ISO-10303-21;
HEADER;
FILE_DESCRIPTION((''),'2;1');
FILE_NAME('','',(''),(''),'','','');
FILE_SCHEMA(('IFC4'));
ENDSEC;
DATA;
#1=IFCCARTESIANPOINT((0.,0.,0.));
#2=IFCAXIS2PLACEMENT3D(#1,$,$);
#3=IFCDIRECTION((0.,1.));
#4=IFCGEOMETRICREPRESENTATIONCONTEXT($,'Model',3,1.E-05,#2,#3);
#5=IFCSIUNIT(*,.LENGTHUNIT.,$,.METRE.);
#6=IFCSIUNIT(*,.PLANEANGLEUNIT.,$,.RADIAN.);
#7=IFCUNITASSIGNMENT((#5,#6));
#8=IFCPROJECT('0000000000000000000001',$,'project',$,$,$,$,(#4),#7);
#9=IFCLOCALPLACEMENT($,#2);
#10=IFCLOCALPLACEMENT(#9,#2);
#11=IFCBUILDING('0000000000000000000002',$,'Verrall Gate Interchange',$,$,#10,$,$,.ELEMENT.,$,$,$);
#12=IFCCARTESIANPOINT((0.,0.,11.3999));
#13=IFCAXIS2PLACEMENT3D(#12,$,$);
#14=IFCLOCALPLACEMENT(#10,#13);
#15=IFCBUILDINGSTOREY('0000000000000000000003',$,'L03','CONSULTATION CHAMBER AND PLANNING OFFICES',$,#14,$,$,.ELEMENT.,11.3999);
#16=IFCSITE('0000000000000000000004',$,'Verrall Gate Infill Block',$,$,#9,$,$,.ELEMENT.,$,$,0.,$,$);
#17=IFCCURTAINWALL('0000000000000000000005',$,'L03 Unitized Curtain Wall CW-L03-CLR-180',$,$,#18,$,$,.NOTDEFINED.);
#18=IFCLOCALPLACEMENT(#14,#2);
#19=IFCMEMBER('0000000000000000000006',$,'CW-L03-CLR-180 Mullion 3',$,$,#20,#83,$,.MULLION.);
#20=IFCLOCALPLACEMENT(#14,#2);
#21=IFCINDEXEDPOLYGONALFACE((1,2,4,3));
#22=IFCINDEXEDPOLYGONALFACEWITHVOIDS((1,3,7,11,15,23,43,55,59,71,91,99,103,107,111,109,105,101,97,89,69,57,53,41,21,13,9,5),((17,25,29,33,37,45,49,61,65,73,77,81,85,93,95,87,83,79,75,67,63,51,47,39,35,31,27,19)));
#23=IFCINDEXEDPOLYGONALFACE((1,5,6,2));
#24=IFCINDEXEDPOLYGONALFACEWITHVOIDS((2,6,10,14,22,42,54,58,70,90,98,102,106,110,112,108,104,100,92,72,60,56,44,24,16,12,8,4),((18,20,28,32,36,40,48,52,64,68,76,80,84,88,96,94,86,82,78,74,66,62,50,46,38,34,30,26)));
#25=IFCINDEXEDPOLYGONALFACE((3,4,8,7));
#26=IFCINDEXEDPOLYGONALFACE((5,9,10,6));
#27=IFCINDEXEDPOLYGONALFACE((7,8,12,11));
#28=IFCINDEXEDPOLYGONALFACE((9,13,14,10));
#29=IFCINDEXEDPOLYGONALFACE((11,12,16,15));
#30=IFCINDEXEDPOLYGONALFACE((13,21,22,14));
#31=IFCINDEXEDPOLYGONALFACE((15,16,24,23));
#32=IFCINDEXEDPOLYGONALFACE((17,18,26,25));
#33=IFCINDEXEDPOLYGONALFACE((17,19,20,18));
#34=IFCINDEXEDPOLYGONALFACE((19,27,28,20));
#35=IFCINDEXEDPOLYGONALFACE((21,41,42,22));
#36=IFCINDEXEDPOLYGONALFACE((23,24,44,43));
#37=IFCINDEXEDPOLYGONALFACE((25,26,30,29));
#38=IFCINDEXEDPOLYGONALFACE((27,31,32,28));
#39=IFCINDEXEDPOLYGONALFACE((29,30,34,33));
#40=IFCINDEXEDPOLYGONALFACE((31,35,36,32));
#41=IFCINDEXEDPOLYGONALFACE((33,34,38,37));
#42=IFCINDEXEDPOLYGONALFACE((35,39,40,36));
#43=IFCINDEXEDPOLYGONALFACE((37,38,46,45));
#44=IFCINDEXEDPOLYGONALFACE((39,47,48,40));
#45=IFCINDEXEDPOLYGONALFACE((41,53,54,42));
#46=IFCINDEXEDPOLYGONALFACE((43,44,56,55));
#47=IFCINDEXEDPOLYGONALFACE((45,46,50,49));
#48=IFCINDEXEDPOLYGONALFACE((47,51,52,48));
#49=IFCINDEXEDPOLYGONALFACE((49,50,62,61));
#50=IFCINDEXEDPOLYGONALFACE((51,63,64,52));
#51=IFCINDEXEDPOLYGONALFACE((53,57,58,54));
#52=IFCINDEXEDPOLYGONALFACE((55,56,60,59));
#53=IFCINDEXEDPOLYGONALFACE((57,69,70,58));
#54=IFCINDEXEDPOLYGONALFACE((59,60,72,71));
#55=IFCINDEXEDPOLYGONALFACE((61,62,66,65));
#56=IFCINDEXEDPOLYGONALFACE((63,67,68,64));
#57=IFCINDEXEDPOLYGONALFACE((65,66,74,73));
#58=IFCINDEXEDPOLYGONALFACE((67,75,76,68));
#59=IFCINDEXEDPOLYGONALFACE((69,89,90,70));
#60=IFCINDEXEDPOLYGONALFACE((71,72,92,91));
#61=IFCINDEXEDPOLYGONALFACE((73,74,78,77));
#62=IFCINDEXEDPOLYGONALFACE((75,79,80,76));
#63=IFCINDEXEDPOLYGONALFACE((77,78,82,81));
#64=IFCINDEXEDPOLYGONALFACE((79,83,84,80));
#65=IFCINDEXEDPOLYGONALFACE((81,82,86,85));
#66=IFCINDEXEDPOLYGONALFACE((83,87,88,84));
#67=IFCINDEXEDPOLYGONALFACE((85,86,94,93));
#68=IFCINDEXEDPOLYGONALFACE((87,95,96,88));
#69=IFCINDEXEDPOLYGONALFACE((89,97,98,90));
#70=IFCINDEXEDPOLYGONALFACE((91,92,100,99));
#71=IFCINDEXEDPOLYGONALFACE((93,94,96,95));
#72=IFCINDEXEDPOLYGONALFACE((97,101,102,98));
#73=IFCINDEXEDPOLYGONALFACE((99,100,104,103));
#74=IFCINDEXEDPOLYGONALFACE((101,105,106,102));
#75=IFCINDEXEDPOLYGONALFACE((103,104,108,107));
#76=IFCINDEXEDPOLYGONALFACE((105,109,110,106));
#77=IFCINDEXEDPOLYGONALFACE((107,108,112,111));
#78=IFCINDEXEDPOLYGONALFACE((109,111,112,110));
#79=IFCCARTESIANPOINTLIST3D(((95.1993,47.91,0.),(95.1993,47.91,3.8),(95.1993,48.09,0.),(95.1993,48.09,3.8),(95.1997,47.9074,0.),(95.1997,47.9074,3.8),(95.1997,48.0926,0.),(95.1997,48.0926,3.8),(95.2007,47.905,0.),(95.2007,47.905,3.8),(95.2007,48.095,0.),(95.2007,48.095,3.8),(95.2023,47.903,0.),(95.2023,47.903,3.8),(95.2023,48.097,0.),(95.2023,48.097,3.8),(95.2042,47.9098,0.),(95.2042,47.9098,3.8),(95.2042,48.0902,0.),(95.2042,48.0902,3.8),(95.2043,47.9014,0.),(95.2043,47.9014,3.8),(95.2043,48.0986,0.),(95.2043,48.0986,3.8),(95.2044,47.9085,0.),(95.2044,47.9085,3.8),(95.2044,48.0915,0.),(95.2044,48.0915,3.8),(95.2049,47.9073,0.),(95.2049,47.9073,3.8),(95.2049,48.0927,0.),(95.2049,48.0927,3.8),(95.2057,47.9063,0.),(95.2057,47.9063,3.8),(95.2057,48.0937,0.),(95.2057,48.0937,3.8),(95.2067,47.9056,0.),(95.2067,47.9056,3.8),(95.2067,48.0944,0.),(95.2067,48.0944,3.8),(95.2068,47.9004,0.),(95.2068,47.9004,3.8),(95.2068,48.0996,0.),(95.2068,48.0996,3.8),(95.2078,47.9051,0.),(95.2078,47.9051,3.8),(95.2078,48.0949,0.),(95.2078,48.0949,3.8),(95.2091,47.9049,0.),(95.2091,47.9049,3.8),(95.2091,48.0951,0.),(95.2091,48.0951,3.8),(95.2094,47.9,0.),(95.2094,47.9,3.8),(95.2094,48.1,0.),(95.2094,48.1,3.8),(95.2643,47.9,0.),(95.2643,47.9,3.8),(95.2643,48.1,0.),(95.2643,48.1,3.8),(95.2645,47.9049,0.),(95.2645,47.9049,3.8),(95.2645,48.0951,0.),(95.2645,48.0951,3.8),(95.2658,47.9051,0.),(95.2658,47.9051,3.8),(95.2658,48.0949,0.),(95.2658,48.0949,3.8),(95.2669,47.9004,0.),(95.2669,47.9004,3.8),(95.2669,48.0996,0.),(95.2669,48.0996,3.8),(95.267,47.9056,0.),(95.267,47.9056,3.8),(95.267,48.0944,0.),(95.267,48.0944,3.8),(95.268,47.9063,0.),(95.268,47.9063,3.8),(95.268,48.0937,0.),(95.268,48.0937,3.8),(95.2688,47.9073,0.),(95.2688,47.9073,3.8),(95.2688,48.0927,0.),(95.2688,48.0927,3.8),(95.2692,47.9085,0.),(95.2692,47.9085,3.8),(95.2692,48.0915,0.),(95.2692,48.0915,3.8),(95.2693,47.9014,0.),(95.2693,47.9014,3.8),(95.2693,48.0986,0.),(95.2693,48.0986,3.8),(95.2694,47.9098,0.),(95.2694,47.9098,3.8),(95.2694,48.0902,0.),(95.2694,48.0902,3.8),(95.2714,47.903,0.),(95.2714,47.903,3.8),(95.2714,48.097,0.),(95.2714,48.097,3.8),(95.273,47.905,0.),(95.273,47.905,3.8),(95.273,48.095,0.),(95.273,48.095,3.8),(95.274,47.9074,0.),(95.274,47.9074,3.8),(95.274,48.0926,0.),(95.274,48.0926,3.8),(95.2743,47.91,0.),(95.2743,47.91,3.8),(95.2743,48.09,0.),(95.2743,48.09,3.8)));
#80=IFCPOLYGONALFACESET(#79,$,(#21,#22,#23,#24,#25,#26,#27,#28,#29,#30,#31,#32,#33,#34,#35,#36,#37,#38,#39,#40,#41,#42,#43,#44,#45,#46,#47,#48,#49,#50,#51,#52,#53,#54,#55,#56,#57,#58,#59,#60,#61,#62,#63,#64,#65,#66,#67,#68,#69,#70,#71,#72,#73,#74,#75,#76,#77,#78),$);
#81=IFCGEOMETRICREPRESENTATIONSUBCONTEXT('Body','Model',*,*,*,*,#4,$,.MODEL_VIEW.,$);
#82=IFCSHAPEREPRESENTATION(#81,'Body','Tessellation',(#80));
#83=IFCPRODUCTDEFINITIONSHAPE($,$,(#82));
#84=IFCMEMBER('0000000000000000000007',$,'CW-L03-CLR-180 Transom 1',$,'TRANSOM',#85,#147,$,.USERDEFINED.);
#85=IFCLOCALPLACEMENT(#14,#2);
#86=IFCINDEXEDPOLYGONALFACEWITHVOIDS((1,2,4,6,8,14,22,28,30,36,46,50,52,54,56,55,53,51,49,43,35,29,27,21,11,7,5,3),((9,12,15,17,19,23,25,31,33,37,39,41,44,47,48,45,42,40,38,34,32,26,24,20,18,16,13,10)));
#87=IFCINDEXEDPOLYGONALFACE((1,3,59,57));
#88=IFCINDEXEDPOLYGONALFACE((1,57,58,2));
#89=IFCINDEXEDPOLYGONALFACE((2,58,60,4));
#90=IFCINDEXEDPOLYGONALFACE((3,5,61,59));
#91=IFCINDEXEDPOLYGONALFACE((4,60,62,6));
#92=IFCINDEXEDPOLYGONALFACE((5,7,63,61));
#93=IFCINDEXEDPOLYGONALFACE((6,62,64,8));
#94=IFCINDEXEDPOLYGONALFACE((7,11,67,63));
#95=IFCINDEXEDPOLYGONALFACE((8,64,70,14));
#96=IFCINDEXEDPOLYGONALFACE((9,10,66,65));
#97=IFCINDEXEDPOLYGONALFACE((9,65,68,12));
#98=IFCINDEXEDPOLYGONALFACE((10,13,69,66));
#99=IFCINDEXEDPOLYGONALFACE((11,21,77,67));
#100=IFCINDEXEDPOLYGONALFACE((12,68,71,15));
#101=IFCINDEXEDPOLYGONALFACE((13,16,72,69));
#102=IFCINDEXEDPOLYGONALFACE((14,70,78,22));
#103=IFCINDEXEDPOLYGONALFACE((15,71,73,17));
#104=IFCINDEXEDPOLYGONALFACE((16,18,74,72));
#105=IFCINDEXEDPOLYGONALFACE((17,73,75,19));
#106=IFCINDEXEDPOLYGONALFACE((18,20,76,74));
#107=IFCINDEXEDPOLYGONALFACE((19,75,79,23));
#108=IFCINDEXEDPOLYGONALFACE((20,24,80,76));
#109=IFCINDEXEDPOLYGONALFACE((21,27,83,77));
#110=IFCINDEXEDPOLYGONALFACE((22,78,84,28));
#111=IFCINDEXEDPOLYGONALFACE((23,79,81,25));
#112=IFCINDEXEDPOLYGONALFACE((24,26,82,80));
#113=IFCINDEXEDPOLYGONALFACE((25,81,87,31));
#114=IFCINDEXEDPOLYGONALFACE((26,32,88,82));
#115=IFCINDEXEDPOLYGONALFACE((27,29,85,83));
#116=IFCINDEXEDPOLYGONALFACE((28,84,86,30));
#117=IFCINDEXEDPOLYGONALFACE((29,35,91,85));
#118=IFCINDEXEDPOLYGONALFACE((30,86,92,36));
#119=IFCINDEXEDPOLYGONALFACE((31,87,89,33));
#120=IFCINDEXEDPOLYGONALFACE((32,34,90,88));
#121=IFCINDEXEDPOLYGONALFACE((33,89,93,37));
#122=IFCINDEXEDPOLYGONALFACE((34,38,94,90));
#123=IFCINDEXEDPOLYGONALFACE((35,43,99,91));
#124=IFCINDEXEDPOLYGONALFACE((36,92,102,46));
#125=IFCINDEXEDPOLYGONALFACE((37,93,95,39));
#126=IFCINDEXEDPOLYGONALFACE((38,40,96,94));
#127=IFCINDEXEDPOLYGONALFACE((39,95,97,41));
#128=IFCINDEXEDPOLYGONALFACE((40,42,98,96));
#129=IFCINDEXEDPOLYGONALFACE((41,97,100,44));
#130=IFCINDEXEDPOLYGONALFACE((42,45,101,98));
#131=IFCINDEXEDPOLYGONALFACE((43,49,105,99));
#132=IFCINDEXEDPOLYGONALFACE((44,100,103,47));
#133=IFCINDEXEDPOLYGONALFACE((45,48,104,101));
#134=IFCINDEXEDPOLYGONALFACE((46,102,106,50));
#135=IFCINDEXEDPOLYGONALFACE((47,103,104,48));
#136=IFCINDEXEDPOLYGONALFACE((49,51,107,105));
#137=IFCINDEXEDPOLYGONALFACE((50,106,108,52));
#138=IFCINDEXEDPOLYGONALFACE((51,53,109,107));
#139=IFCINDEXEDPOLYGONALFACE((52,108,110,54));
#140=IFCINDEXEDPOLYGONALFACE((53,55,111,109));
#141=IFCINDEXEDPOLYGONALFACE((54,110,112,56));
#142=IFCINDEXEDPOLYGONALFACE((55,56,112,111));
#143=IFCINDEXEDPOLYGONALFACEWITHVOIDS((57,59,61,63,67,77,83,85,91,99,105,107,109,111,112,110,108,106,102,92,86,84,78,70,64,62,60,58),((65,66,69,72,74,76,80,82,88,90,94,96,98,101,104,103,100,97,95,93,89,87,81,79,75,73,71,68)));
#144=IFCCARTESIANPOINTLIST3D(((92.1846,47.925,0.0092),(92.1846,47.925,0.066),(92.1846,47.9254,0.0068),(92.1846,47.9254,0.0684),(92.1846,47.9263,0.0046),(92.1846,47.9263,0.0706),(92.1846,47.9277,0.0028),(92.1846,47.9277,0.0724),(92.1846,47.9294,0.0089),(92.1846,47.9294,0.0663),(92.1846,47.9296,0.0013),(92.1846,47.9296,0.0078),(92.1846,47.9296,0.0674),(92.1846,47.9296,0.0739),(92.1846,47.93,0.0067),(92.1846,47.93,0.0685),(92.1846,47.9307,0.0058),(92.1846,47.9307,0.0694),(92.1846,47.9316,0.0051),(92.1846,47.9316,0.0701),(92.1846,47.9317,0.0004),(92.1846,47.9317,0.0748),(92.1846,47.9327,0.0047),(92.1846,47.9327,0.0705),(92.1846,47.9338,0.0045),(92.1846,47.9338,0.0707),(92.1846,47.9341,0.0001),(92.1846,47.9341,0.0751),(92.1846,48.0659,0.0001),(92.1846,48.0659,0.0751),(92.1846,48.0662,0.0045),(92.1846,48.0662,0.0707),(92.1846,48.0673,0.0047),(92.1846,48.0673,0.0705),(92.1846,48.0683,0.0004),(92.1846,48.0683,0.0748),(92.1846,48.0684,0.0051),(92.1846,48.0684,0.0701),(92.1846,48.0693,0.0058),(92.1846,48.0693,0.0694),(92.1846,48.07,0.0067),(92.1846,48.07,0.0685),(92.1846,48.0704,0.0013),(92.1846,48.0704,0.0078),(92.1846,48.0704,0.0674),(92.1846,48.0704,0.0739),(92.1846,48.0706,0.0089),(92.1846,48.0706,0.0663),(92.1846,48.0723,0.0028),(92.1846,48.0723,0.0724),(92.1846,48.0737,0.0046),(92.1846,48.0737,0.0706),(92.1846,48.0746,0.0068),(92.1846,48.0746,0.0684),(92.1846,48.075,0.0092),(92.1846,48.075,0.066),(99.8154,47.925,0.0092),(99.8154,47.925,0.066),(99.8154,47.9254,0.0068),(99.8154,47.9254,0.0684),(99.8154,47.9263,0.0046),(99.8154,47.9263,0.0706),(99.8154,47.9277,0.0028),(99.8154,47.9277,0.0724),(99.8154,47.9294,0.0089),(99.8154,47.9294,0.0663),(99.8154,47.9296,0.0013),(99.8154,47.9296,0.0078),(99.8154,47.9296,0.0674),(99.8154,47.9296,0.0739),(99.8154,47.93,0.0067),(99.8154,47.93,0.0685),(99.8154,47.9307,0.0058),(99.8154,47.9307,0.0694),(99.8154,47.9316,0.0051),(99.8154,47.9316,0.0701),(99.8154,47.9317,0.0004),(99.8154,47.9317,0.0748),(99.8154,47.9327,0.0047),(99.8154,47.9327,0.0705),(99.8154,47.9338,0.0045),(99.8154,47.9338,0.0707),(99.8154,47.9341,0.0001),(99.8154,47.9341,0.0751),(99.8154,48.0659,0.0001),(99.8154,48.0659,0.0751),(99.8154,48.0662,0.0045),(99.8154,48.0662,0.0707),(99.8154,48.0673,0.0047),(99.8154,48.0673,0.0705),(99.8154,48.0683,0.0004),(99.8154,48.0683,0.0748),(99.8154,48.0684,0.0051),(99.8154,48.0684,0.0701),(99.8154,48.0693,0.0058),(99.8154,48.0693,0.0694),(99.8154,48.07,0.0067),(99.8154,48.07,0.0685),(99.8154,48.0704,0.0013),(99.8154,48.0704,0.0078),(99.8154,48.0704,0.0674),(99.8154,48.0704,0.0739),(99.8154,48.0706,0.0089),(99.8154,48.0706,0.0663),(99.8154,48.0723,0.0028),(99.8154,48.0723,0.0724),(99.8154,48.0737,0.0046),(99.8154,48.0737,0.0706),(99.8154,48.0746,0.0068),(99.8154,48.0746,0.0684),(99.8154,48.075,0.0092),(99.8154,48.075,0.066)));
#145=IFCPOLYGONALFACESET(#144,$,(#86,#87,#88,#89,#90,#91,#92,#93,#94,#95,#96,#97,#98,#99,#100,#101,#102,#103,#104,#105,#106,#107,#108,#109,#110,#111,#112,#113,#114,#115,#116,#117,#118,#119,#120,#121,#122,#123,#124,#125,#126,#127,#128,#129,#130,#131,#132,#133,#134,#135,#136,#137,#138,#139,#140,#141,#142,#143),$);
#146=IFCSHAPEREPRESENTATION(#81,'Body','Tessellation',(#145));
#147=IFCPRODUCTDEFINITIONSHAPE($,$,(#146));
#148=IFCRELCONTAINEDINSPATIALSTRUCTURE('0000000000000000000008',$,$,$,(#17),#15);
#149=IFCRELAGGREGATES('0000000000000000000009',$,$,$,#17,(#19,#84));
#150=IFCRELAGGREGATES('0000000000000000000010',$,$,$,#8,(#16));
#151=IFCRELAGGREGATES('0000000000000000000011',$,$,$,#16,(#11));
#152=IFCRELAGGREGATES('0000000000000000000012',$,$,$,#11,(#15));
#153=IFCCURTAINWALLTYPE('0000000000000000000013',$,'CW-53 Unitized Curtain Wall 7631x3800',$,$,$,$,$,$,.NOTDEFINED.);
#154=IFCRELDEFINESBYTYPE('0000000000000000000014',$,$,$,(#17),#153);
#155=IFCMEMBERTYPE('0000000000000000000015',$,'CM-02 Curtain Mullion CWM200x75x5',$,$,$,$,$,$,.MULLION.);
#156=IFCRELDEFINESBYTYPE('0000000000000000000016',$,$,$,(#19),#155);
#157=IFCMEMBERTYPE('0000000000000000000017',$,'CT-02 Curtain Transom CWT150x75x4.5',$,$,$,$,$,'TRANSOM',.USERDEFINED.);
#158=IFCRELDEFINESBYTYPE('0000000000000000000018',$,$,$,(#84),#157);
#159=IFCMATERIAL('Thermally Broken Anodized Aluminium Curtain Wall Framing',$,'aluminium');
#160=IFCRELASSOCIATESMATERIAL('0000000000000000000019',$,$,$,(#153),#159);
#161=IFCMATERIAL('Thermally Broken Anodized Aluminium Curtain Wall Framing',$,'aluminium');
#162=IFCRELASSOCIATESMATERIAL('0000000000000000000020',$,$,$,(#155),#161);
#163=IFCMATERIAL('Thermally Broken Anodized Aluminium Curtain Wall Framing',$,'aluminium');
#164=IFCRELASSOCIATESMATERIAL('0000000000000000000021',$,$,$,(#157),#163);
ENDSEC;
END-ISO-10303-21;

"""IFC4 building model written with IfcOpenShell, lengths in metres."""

from ifc_helpers import new_model, si_unit, direction, frame, origin, origin_2d, place, context, subcontext, project, spatial, hollow_rectangle, extrude, material, material_profile, profile_set, type_object, element, aggregate, save


model = new_model("IFC4")

# Units and contexts
model_context = context("Model", 3, precision=1e-05, world=origin(), true_north=direction((0.0, 1.0)))
body_context = subcontext(model_context, "Body", "Model", "MODEL_VIEW")
ifc_project = project(units=[si_unit("LENGTHUNIT", "METRE"), si_unit("PLANEANGLEUNIT", "RADIAN")], contexts=[model_context])

# Site, building, storey
site_placement = place(None, origin())
site = spatial("IfcSite", under=ifc_project, at=site_placement, Name="Verrall Gate Infill Block", CompositionType="ELEMENT", RefElevation=0.0)
building_placement = place(site_placement, origin())
building = spatial("IfcBuilding", under=site, at=building_placement, Name="Verrall Gate Interchange", CompositionType="ELEMENT")
storey_placement = place(building_placement, frame((0.0, 0.0, 11.3999)))
storey = spatial("IfcBuildingStorey", under=building, at=storey_placement, Name="L03", Description="CONSULTATION CHAMBER AND PLANNING OFFICES", CompositionType="ELEMENT", Elevation=11.3999)

# Curtain wall, members
ifc_material_1 = material(Name="Thermally Broken Anodized Aluminium Curtain Wall Framing", Category="aluminium")
curtain_wall_type = type_object("IfcCurtainWallType", Name="CW-53 Unitized Curtain Wall 7631x3800", PredefinedType="NOTDEFINED", material=ifc_material_1)
ifc_material_2 = material(Name="Thermally Broken Anodized Aluminium Curtain Wall Framing", Category="aluminium")
ifc_material_profile_1 = material_profile(ifc_material_2, hollow_rectangle(XDim=0.075, YDim=0.2, WallThickness=0.0049, InnerFilletRadius=0.0049, OuterFilletRadius=0.01, at=origin_2d()), Name="CWM200x75x5")
ifc_profile_set_1 = profile_set([ifc_material_profile_1], Name="Thermally Broken Anodized Aluminium Curtain Wall Framing")
member_type_1 = type_object("IfcMemberType", Name="CM-02 Curtain Mullion CWM200x75x5", PredefinedType="MULLION", material=ifc_profile_set_1)
curtain_wall_1_placement = place(storey_placement, origin())
curtain_wall_1 = element("IfcCurtainWall", 1, at=curtain_wall_1_placement, inside=storey, type_object=curtain_wall_type, Name="L03 Unitized Curtain Wall CW-L03-CLR-180", PredefinedType="NOTDEFINED")
member_1_placement = place(storey_placement, frame((95.2368, 48.0, 0.0), z_axis=(0.0, 0.0, 1.0), x_axis=(1.0, 0.0, 0.0)))
member_1 = element("IfcMember", 2, at=member_1_placement, type_object=member_type_1, Name="CW-L03-CLR-180 Mullion 3", PredefinedType="MULLION", context=body_context, shape_type="SweptSolid", body=[
    extrude(hollow_rectangle(XDim=0.075, YDim=0.2, WallThickness=0.0049, InnerFilletRadius=0.0049, OuterFilletRadius=0.01, at=origin_2d()), origin(), (0.0, 0.0, 1.0), 3.8),
])
ifc_material_3 = material(Name="Thermally Broken Anodized Aluminium Curtain Wall Framing", Category="aluminium")
ifc_material_profile_2 = material_profile(ifc_material_3, hollow_rectangle(XDim=0.1499, YDim=0.075, WallThickness=0.0044, InnerFilletRadius=0.0044, OuterFilletRadius=0.009, at=origin_2d()), Name="CWT150x75x4.5")
ifc_profile_set_2 = profile_set([ifc_material_profile_2], Name="Thermally Broken Anodized Aluminium Curtain Wall Framing")
member_type_2 = type_object("IfcMemberType", Name="CT-02 Curtain Transom CWT150x75x4.5", ElementType="TRANSOM", PredefinedType="USERDEFINED", material=ifc_profile_set_2)
member_2_placement = place(storey_placement, frame((92.1846, 48.0, 0.0376), z_axis=(1.0, 0.0, 0.0), x_axis=(0.0, 1.0, 0.0)))
member_2 = element("IfcMember", 3, at=member_2_placement, type_object=member_type_2, Name="CW-L03-CLR-180 Transom 1", ObjectType="TRANSOM", PredefinedType="USERDEFINED", context=body_context, shape_type="SweptSolid", body=[
    extrude(hollow_rectangle(XDim=0.1499, YDim=0.075, WallThickness=0.0044, InnerFilletRadius=0.0044, OuterFilletRadius=0.009, at=origin_2d()), origin(), (0.0, 0.0, 1.0), 7.6309),
])

aggregate(curtain_wall_1, [member_1, member_2])

save(model, "model.ifc")
